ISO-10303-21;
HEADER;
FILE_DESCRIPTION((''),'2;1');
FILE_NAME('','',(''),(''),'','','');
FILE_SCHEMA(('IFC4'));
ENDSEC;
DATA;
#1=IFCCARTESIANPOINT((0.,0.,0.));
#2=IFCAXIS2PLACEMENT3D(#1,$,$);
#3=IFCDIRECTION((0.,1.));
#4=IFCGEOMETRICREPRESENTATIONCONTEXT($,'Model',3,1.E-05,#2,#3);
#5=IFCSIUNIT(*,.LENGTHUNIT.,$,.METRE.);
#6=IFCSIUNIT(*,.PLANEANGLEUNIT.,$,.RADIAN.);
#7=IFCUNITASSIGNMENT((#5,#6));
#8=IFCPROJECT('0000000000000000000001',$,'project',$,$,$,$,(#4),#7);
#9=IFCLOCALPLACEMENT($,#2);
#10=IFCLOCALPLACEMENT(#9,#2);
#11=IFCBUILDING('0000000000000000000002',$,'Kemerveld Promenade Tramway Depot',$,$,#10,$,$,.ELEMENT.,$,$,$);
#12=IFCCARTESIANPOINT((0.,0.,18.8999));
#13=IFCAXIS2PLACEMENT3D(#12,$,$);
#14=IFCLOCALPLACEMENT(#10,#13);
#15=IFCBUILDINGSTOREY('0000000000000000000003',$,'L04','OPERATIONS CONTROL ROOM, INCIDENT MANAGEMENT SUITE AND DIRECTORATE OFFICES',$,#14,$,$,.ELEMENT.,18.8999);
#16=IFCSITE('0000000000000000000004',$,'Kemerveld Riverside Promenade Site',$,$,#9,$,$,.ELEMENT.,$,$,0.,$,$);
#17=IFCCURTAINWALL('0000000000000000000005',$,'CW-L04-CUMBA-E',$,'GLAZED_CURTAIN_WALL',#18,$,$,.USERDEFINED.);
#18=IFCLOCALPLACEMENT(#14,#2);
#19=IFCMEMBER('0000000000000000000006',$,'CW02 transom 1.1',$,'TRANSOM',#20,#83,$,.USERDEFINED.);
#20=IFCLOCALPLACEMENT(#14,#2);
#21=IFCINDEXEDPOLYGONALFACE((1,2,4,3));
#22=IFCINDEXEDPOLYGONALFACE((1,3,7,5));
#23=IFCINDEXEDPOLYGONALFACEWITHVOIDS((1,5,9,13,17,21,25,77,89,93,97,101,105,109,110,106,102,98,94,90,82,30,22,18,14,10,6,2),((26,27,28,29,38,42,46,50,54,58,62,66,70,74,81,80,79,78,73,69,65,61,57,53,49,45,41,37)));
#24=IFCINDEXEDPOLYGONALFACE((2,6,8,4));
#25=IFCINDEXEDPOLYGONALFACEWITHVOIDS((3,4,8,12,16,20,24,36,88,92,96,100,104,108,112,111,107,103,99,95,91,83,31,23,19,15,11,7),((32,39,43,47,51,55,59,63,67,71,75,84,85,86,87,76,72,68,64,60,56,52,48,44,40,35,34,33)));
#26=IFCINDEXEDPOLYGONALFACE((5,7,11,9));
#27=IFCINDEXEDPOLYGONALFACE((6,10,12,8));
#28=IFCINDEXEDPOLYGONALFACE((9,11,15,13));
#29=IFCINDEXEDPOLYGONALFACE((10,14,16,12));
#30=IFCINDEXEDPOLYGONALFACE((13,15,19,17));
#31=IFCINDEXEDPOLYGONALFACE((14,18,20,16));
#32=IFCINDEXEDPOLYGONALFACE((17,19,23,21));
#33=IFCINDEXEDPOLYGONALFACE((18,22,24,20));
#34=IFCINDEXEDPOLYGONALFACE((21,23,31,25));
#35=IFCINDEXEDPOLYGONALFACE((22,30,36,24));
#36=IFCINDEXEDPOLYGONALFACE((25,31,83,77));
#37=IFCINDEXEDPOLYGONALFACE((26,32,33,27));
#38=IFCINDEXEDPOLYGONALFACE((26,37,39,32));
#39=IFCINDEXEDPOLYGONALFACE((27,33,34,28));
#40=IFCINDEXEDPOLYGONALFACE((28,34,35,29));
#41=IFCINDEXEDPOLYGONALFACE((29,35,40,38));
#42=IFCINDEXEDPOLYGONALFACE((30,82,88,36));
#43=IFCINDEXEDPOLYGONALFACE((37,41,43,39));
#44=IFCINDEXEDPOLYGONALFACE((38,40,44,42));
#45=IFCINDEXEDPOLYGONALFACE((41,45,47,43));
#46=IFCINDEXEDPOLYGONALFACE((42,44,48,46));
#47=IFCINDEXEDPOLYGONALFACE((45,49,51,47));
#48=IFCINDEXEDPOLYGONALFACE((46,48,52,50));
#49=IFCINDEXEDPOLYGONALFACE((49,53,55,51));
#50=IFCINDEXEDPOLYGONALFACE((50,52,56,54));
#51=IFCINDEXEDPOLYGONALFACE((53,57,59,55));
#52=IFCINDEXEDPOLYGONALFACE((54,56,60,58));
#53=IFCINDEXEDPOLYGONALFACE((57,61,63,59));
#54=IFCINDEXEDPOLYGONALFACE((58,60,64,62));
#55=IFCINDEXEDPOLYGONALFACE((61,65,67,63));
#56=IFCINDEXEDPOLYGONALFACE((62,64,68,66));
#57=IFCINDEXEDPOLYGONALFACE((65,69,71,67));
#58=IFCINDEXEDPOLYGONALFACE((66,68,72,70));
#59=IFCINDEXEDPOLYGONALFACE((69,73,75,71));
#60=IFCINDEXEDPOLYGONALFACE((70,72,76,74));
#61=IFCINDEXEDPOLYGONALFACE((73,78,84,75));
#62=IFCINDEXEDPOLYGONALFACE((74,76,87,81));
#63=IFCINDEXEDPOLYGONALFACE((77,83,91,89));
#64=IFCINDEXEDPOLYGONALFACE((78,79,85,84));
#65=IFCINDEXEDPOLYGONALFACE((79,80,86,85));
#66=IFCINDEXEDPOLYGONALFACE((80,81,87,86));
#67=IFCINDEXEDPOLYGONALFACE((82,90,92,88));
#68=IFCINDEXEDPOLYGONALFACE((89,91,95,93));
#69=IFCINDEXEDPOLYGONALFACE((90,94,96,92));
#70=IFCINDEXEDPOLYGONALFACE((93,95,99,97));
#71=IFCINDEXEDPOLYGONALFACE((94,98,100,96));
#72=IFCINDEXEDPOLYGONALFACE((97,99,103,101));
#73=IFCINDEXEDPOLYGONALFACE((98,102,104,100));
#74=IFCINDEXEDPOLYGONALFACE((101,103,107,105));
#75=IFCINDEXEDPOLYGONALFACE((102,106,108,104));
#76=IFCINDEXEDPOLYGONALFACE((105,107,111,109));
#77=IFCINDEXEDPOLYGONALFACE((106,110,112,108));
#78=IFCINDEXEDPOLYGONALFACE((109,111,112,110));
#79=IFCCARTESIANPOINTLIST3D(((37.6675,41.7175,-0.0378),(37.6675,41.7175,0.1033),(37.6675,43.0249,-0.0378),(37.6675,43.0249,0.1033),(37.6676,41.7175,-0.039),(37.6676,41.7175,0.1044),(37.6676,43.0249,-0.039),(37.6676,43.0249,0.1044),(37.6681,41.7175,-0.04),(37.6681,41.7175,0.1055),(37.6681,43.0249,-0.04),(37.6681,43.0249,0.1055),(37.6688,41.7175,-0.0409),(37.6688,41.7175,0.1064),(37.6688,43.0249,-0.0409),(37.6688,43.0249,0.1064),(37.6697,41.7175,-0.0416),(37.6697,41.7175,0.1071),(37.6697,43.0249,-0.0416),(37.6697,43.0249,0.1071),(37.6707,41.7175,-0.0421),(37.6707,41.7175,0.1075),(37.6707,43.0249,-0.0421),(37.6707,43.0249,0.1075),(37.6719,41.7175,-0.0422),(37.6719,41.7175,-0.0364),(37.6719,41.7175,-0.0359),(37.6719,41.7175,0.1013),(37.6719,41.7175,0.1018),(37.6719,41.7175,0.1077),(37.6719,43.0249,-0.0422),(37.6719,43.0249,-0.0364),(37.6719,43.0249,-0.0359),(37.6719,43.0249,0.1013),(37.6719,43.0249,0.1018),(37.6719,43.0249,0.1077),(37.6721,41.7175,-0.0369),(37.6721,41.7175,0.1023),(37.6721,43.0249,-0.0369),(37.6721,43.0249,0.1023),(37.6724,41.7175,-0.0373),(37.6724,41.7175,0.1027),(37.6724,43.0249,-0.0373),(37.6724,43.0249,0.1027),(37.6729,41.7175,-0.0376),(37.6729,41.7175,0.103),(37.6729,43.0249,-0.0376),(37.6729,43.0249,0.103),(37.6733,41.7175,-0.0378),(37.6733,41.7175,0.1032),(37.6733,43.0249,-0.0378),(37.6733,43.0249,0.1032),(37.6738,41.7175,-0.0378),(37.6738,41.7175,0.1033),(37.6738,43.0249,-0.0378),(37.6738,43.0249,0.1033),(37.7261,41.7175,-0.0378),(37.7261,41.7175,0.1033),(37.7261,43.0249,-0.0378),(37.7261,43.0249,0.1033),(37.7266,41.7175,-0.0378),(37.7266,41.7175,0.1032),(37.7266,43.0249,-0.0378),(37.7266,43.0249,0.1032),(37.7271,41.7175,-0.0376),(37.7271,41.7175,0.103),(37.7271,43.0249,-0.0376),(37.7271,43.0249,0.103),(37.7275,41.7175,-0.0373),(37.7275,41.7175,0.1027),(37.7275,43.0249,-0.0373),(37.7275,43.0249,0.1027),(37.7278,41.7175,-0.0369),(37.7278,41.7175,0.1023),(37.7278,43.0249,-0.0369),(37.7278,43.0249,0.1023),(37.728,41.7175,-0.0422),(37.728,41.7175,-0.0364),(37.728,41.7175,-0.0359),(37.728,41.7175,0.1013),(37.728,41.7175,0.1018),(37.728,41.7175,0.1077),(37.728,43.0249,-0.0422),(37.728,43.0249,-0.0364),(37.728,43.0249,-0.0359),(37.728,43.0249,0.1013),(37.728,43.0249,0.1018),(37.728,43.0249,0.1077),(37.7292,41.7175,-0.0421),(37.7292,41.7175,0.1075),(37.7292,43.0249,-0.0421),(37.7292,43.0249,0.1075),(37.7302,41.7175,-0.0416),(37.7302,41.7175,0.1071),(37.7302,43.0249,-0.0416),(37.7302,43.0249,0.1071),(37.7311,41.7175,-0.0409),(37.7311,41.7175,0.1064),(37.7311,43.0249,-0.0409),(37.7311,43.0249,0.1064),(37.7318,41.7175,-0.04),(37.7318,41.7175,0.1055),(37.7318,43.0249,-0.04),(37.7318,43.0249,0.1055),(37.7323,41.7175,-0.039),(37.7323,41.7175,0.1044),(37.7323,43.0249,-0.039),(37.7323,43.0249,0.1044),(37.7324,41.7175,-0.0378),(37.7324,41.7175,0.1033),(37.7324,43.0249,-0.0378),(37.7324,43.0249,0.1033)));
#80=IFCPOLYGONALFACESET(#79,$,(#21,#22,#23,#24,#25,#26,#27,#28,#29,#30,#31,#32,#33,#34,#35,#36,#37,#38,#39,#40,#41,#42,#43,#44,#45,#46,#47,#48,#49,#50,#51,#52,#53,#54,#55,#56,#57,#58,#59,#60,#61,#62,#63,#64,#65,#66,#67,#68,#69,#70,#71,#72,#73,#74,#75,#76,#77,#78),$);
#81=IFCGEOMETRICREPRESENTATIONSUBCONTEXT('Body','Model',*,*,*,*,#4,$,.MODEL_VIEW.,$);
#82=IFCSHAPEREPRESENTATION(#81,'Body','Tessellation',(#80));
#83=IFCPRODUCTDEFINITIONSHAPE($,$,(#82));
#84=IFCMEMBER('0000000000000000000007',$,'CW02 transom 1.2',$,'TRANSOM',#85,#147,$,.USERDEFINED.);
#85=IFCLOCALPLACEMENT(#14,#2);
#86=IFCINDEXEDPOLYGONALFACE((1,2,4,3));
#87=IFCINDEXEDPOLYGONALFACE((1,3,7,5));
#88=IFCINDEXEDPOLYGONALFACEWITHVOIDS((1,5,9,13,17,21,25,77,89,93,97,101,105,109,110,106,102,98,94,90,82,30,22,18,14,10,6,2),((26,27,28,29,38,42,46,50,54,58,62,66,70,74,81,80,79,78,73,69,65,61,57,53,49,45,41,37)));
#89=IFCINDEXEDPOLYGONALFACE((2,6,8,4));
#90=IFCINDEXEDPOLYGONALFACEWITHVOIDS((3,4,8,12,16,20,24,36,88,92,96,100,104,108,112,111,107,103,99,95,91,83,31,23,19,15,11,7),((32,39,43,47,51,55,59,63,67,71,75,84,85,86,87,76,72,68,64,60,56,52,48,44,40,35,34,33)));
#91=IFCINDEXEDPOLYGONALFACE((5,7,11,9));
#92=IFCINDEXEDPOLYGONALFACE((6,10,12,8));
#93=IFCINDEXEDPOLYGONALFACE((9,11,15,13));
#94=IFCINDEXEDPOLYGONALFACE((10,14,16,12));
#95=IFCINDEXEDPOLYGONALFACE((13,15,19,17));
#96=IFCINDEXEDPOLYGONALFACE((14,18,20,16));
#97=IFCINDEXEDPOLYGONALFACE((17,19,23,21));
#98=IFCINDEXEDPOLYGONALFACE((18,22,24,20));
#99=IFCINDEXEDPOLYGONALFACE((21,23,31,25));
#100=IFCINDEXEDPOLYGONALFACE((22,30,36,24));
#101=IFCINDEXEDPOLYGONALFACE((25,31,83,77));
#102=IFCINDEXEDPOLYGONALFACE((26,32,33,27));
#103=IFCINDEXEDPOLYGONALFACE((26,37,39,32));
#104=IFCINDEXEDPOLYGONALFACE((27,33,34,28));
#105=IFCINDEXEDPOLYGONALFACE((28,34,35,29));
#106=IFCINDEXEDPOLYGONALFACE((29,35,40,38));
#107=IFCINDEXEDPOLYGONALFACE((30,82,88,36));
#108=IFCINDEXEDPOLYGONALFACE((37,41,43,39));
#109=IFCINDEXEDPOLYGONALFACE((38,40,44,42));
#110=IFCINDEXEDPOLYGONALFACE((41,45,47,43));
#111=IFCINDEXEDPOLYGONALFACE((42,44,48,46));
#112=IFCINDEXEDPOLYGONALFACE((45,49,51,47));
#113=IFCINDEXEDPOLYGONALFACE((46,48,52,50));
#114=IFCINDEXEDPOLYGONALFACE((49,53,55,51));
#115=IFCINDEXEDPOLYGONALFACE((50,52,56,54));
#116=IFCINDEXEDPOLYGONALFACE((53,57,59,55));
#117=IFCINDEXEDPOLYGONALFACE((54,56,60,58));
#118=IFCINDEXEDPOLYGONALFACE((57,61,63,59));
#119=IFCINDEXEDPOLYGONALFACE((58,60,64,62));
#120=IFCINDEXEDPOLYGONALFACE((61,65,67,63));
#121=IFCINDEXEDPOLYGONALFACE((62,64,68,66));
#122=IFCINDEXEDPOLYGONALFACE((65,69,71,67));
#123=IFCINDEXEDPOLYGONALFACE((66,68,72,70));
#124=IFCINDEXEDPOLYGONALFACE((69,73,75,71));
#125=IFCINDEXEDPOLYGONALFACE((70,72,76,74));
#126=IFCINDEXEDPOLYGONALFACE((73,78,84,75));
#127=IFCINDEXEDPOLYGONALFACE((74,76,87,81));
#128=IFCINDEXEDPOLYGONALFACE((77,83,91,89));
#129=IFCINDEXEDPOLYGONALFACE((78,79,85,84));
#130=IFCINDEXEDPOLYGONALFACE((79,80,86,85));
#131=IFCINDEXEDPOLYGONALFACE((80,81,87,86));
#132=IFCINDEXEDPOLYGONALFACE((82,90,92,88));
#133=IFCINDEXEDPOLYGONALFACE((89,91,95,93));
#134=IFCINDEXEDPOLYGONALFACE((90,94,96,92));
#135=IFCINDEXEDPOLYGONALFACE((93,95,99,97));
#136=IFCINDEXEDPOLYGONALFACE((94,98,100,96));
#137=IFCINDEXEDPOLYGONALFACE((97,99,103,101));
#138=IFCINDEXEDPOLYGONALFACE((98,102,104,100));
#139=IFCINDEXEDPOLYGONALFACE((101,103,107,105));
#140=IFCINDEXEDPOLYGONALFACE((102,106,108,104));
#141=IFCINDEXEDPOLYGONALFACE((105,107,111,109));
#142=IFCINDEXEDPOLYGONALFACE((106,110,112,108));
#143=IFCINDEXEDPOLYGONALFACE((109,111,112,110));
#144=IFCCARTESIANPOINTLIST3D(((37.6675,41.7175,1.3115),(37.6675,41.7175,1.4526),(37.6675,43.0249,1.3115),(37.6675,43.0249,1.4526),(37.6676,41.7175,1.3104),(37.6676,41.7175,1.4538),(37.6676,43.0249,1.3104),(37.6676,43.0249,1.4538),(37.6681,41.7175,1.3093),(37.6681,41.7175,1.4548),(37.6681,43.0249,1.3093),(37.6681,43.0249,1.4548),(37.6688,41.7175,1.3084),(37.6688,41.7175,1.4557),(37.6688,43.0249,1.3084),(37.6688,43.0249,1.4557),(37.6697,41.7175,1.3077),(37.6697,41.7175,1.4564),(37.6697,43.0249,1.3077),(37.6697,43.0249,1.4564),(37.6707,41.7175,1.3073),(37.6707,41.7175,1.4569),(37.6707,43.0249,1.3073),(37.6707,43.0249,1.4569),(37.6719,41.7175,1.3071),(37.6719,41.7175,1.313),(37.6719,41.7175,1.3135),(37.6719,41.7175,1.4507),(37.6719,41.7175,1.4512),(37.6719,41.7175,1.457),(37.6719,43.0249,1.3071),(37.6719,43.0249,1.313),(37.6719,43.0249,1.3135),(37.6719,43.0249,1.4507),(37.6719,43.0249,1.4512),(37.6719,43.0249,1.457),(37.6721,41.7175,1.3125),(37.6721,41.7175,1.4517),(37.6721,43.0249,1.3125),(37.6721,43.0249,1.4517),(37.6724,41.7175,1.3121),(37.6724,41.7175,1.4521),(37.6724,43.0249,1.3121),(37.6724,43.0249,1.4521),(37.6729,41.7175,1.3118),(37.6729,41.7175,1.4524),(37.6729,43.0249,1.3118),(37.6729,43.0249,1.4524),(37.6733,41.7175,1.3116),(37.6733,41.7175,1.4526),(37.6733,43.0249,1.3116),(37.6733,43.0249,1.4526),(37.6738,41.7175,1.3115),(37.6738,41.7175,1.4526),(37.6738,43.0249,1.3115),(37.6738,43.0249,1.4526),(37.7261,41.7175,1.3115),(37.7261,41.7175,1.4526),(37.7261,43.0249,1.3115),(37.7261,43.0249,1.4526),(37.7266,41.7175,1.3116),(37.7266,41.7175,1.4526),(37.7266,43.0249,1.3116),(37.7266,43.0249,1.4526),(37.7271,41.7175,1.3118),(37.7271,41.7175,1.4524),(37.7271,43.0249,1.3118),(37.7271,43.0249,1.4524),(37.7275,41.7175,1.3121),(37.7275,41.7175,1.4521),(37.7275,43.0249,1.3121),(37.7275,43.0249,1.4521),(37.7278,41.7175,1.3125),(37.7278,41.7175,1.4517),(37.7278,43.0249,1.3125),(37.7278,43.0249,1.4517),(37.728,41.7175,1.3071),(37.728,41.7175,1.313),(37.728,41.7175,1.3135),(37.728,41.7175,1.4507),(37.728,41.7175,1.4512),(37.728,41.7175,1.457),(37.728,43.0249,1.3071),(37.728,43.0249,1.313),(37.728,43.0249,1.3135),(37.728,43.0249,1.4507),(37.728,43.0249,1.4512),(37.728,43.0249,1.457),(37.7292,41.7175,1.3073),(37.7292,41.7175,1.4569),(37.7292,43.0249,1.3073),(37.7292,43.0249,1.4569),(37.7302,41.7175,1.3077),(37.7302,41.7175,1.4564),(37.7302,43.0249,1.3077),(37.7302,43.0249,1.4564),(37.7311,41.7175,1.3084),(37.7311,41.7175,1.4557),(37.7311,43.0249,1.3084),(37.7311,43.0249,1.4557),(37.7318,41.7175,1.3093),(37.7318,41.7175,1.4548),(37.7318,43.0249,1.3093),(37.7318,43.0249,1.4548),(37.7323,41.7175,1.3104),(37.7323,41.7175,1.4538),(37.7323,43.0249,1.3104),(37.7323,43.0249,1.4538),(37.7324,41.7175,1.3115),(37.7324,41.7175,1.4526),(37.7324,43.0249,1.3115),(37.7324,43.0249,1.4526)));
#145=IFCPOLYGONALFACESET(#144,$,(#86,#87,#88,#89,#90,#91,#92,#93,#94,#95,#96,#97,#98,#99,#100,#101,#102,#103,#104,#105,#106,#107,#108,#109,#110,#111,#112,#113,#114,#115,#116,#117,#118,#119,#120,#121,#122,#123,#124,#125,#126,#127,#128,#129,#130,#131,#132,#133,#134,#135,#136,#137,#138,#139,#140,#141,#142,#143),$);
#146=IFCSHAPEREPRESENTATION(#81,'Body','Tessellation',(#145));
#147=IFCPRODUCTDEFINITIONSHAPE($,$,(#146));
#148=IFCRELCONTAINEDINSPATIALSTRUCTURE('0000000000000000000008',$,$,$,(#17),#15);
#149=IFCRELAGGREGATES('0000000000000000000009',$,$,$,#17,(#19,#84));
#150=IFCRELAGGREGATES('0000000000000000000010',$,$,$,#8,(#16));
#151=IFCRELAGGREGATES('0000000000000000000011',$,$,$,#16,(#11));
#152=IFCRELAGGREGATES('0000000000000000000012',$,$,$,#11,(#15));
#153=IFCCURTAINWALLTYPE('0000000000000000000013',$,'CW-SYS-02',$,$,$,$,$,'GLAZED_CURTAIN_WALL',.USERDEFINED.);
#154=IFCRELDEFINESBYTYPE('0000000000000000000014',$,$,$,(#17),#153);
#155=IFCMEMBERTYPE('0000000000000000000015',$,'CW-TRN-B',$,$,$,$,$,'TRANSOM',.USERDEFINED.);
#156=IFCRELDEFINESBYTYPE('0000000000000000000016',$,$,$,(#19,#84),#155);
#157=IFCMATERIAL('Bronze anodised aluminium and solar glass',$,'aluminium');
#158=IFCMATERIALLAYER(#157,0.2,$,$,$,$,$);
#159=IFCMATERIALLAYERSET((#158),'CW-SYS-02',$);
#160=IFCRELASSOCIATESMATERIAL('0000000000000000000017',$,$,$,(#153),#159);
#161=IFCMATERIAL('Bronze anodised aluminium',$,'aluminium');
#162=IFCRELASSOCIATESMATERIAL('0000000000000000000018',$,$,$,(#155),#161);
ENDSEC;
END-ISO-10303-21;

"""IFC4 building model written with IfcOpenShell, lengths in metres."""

from ifc_helpers import new_model, si_unit, direction, frame, origin, origin_2d, place, context, subcontext, project, spatial, hollow_rectangle, extrude, material, layer, layer_set, material_profile, profile_set, type_object, element, aggregate, save


model = new_model("IFC4")

# Units and contexts
model_context = context("Model", 3, precision=1e-05, world=origin(), true_north=direction((0.0, 1.0)))
body_context = subcontext(model_context, "Body", "Model", "MODEL_VIEW")
ifc_project = project(units=[si_unit("LENGTHUNIT", "METRE"), si_unit("PLANEANGLEUNIT", "RADIAN")], contexts=[model_context])

# Site, building, storey
site_placement = place(None, origin())
site = spatial("IfcSite", under=ifc_project, at=site_placement, Name="Kemerveld Riverside Promenade Site", CompositionType="ELEMENT", RefElevation=0.0)
building_placement = place(site_placement, origin())
building = spatial("IfcBuilding", under=site, at=building_placement, Name="Kemerveld Promenade Tramway Depot", CompositionType="ELEMENT")
storey_placement = place(building_placement, frame((0.0, 0.0, 18.8999)))
storey = spatial("IfcBuildingStorey", under=building, at=storey_placement, Name="L04", Description="OPERATIONS CONTROL ROOM, INCIDENT MANAGEMENT SUITE AND DIRECTORATE OFFICES", CompositionType="ELEMENT", Elevation=18.8999)

# Curtain wall, members
ifc_material_1 = material(Name="Bronze anodised aluminium and solar glass", Category="aluminium")
ifc_layer_1 = layer(ifc_material_1, 0.2)
ifc_layer_set_1 = layer_set([ifc_layer_1], Name="CW-SYS-02")
curtain_wall_type = type_object("IfcCurtainWallType", Name="CW-SYS-02", ElementType="GLAZED_CURTAIN_WALL", PredefinedType="USERDEFINED", material=ifc_layer_set_1)
curtain_wall_placement = place(storey_placement, origin())
curtain_wall = element("IfcCurtainWall", 1, at=curtain_wall_placement, inside=storey, type_object=curtain_wall_type, Name="CW-L04-CUMBA-E", ObjectType="GLAZED_CURTAIN_WALL", PredefinedType="USERDEFINED")
ifc_material_2 = material(Name="Bronze anodised aluminium", Category="aluminium")
ifc_material_profile_1 = material_profile(ifc_material_2, hollow_rectangle(XDim=0.0649, YDim=0.1499, WallThickness=0.0044, InnerFilletRadius=0.002, OuterFilletRadius=0.0044, at=origin_2d()), Name="CW-TRN-150x65")
ifc_profile_set_1 = profile_set([ifc_material_profile_1], Name="Bronze anodised aluminium")
member_type_1 = type_object("IfcMemberType", Name="CW-TRN-B", ElementType="TRANSOM", PredefinedType="USERDEFINED", material=ifc_profile_set_1)
member_1_placement = place(storey_placement, frame((37.7, 43.0249, 0.0327), z_axis=(0.0, -1.0, 0.0), x_axis=(1.0, 0.0, 0.0)))
member_1 = element("IfcMember", 2, at=member_1_placement, type_object=member_type_1, Name="CW02 transom 1.1", ObjectType="TRANSOM", PredefinedType="USERDEFINED", context=body_context, shape_type="SweptSolid", body=[
    extrude(hollow_rectangle(XDim=0.0649, YDim=0.1499, WallThickness=0.0044, InnerFilletRadius=0.002, OuterFilletRadius=0.0044, at=origin_2d()), origin(), (0.0, 0.0, 1.0), 1.3074),
])
member_2_placement = place(storey_placement, frame((37.7, 43.0249, 1.3821), z_axis=(0.0, -1.0, 0.0), x_axis=(1.0, 0.0, 0.0)))
member_2 = element("IfcMember", 3, at=member_2_placement, type_object=member_type_1, Name="CW02 transom 1.2", ObjectType="TRANSOM", PredefinedType="USERDEFINED", context=body_context, shape_type="SweptSolid", body=[
    extrude(hollow_rectangle(XDim=0.0649, YDim=0.1499, WallThickness=0.0044, InnerFilletRadius=0.002, OuterFilletRadius=0.0044, at=origin_2d()), origin(), (0.0, 0.0, 1.0), 1.3074),
])
aggregate(curtain_wall, [member_1, member_2])

save(model, "model.ifc")
